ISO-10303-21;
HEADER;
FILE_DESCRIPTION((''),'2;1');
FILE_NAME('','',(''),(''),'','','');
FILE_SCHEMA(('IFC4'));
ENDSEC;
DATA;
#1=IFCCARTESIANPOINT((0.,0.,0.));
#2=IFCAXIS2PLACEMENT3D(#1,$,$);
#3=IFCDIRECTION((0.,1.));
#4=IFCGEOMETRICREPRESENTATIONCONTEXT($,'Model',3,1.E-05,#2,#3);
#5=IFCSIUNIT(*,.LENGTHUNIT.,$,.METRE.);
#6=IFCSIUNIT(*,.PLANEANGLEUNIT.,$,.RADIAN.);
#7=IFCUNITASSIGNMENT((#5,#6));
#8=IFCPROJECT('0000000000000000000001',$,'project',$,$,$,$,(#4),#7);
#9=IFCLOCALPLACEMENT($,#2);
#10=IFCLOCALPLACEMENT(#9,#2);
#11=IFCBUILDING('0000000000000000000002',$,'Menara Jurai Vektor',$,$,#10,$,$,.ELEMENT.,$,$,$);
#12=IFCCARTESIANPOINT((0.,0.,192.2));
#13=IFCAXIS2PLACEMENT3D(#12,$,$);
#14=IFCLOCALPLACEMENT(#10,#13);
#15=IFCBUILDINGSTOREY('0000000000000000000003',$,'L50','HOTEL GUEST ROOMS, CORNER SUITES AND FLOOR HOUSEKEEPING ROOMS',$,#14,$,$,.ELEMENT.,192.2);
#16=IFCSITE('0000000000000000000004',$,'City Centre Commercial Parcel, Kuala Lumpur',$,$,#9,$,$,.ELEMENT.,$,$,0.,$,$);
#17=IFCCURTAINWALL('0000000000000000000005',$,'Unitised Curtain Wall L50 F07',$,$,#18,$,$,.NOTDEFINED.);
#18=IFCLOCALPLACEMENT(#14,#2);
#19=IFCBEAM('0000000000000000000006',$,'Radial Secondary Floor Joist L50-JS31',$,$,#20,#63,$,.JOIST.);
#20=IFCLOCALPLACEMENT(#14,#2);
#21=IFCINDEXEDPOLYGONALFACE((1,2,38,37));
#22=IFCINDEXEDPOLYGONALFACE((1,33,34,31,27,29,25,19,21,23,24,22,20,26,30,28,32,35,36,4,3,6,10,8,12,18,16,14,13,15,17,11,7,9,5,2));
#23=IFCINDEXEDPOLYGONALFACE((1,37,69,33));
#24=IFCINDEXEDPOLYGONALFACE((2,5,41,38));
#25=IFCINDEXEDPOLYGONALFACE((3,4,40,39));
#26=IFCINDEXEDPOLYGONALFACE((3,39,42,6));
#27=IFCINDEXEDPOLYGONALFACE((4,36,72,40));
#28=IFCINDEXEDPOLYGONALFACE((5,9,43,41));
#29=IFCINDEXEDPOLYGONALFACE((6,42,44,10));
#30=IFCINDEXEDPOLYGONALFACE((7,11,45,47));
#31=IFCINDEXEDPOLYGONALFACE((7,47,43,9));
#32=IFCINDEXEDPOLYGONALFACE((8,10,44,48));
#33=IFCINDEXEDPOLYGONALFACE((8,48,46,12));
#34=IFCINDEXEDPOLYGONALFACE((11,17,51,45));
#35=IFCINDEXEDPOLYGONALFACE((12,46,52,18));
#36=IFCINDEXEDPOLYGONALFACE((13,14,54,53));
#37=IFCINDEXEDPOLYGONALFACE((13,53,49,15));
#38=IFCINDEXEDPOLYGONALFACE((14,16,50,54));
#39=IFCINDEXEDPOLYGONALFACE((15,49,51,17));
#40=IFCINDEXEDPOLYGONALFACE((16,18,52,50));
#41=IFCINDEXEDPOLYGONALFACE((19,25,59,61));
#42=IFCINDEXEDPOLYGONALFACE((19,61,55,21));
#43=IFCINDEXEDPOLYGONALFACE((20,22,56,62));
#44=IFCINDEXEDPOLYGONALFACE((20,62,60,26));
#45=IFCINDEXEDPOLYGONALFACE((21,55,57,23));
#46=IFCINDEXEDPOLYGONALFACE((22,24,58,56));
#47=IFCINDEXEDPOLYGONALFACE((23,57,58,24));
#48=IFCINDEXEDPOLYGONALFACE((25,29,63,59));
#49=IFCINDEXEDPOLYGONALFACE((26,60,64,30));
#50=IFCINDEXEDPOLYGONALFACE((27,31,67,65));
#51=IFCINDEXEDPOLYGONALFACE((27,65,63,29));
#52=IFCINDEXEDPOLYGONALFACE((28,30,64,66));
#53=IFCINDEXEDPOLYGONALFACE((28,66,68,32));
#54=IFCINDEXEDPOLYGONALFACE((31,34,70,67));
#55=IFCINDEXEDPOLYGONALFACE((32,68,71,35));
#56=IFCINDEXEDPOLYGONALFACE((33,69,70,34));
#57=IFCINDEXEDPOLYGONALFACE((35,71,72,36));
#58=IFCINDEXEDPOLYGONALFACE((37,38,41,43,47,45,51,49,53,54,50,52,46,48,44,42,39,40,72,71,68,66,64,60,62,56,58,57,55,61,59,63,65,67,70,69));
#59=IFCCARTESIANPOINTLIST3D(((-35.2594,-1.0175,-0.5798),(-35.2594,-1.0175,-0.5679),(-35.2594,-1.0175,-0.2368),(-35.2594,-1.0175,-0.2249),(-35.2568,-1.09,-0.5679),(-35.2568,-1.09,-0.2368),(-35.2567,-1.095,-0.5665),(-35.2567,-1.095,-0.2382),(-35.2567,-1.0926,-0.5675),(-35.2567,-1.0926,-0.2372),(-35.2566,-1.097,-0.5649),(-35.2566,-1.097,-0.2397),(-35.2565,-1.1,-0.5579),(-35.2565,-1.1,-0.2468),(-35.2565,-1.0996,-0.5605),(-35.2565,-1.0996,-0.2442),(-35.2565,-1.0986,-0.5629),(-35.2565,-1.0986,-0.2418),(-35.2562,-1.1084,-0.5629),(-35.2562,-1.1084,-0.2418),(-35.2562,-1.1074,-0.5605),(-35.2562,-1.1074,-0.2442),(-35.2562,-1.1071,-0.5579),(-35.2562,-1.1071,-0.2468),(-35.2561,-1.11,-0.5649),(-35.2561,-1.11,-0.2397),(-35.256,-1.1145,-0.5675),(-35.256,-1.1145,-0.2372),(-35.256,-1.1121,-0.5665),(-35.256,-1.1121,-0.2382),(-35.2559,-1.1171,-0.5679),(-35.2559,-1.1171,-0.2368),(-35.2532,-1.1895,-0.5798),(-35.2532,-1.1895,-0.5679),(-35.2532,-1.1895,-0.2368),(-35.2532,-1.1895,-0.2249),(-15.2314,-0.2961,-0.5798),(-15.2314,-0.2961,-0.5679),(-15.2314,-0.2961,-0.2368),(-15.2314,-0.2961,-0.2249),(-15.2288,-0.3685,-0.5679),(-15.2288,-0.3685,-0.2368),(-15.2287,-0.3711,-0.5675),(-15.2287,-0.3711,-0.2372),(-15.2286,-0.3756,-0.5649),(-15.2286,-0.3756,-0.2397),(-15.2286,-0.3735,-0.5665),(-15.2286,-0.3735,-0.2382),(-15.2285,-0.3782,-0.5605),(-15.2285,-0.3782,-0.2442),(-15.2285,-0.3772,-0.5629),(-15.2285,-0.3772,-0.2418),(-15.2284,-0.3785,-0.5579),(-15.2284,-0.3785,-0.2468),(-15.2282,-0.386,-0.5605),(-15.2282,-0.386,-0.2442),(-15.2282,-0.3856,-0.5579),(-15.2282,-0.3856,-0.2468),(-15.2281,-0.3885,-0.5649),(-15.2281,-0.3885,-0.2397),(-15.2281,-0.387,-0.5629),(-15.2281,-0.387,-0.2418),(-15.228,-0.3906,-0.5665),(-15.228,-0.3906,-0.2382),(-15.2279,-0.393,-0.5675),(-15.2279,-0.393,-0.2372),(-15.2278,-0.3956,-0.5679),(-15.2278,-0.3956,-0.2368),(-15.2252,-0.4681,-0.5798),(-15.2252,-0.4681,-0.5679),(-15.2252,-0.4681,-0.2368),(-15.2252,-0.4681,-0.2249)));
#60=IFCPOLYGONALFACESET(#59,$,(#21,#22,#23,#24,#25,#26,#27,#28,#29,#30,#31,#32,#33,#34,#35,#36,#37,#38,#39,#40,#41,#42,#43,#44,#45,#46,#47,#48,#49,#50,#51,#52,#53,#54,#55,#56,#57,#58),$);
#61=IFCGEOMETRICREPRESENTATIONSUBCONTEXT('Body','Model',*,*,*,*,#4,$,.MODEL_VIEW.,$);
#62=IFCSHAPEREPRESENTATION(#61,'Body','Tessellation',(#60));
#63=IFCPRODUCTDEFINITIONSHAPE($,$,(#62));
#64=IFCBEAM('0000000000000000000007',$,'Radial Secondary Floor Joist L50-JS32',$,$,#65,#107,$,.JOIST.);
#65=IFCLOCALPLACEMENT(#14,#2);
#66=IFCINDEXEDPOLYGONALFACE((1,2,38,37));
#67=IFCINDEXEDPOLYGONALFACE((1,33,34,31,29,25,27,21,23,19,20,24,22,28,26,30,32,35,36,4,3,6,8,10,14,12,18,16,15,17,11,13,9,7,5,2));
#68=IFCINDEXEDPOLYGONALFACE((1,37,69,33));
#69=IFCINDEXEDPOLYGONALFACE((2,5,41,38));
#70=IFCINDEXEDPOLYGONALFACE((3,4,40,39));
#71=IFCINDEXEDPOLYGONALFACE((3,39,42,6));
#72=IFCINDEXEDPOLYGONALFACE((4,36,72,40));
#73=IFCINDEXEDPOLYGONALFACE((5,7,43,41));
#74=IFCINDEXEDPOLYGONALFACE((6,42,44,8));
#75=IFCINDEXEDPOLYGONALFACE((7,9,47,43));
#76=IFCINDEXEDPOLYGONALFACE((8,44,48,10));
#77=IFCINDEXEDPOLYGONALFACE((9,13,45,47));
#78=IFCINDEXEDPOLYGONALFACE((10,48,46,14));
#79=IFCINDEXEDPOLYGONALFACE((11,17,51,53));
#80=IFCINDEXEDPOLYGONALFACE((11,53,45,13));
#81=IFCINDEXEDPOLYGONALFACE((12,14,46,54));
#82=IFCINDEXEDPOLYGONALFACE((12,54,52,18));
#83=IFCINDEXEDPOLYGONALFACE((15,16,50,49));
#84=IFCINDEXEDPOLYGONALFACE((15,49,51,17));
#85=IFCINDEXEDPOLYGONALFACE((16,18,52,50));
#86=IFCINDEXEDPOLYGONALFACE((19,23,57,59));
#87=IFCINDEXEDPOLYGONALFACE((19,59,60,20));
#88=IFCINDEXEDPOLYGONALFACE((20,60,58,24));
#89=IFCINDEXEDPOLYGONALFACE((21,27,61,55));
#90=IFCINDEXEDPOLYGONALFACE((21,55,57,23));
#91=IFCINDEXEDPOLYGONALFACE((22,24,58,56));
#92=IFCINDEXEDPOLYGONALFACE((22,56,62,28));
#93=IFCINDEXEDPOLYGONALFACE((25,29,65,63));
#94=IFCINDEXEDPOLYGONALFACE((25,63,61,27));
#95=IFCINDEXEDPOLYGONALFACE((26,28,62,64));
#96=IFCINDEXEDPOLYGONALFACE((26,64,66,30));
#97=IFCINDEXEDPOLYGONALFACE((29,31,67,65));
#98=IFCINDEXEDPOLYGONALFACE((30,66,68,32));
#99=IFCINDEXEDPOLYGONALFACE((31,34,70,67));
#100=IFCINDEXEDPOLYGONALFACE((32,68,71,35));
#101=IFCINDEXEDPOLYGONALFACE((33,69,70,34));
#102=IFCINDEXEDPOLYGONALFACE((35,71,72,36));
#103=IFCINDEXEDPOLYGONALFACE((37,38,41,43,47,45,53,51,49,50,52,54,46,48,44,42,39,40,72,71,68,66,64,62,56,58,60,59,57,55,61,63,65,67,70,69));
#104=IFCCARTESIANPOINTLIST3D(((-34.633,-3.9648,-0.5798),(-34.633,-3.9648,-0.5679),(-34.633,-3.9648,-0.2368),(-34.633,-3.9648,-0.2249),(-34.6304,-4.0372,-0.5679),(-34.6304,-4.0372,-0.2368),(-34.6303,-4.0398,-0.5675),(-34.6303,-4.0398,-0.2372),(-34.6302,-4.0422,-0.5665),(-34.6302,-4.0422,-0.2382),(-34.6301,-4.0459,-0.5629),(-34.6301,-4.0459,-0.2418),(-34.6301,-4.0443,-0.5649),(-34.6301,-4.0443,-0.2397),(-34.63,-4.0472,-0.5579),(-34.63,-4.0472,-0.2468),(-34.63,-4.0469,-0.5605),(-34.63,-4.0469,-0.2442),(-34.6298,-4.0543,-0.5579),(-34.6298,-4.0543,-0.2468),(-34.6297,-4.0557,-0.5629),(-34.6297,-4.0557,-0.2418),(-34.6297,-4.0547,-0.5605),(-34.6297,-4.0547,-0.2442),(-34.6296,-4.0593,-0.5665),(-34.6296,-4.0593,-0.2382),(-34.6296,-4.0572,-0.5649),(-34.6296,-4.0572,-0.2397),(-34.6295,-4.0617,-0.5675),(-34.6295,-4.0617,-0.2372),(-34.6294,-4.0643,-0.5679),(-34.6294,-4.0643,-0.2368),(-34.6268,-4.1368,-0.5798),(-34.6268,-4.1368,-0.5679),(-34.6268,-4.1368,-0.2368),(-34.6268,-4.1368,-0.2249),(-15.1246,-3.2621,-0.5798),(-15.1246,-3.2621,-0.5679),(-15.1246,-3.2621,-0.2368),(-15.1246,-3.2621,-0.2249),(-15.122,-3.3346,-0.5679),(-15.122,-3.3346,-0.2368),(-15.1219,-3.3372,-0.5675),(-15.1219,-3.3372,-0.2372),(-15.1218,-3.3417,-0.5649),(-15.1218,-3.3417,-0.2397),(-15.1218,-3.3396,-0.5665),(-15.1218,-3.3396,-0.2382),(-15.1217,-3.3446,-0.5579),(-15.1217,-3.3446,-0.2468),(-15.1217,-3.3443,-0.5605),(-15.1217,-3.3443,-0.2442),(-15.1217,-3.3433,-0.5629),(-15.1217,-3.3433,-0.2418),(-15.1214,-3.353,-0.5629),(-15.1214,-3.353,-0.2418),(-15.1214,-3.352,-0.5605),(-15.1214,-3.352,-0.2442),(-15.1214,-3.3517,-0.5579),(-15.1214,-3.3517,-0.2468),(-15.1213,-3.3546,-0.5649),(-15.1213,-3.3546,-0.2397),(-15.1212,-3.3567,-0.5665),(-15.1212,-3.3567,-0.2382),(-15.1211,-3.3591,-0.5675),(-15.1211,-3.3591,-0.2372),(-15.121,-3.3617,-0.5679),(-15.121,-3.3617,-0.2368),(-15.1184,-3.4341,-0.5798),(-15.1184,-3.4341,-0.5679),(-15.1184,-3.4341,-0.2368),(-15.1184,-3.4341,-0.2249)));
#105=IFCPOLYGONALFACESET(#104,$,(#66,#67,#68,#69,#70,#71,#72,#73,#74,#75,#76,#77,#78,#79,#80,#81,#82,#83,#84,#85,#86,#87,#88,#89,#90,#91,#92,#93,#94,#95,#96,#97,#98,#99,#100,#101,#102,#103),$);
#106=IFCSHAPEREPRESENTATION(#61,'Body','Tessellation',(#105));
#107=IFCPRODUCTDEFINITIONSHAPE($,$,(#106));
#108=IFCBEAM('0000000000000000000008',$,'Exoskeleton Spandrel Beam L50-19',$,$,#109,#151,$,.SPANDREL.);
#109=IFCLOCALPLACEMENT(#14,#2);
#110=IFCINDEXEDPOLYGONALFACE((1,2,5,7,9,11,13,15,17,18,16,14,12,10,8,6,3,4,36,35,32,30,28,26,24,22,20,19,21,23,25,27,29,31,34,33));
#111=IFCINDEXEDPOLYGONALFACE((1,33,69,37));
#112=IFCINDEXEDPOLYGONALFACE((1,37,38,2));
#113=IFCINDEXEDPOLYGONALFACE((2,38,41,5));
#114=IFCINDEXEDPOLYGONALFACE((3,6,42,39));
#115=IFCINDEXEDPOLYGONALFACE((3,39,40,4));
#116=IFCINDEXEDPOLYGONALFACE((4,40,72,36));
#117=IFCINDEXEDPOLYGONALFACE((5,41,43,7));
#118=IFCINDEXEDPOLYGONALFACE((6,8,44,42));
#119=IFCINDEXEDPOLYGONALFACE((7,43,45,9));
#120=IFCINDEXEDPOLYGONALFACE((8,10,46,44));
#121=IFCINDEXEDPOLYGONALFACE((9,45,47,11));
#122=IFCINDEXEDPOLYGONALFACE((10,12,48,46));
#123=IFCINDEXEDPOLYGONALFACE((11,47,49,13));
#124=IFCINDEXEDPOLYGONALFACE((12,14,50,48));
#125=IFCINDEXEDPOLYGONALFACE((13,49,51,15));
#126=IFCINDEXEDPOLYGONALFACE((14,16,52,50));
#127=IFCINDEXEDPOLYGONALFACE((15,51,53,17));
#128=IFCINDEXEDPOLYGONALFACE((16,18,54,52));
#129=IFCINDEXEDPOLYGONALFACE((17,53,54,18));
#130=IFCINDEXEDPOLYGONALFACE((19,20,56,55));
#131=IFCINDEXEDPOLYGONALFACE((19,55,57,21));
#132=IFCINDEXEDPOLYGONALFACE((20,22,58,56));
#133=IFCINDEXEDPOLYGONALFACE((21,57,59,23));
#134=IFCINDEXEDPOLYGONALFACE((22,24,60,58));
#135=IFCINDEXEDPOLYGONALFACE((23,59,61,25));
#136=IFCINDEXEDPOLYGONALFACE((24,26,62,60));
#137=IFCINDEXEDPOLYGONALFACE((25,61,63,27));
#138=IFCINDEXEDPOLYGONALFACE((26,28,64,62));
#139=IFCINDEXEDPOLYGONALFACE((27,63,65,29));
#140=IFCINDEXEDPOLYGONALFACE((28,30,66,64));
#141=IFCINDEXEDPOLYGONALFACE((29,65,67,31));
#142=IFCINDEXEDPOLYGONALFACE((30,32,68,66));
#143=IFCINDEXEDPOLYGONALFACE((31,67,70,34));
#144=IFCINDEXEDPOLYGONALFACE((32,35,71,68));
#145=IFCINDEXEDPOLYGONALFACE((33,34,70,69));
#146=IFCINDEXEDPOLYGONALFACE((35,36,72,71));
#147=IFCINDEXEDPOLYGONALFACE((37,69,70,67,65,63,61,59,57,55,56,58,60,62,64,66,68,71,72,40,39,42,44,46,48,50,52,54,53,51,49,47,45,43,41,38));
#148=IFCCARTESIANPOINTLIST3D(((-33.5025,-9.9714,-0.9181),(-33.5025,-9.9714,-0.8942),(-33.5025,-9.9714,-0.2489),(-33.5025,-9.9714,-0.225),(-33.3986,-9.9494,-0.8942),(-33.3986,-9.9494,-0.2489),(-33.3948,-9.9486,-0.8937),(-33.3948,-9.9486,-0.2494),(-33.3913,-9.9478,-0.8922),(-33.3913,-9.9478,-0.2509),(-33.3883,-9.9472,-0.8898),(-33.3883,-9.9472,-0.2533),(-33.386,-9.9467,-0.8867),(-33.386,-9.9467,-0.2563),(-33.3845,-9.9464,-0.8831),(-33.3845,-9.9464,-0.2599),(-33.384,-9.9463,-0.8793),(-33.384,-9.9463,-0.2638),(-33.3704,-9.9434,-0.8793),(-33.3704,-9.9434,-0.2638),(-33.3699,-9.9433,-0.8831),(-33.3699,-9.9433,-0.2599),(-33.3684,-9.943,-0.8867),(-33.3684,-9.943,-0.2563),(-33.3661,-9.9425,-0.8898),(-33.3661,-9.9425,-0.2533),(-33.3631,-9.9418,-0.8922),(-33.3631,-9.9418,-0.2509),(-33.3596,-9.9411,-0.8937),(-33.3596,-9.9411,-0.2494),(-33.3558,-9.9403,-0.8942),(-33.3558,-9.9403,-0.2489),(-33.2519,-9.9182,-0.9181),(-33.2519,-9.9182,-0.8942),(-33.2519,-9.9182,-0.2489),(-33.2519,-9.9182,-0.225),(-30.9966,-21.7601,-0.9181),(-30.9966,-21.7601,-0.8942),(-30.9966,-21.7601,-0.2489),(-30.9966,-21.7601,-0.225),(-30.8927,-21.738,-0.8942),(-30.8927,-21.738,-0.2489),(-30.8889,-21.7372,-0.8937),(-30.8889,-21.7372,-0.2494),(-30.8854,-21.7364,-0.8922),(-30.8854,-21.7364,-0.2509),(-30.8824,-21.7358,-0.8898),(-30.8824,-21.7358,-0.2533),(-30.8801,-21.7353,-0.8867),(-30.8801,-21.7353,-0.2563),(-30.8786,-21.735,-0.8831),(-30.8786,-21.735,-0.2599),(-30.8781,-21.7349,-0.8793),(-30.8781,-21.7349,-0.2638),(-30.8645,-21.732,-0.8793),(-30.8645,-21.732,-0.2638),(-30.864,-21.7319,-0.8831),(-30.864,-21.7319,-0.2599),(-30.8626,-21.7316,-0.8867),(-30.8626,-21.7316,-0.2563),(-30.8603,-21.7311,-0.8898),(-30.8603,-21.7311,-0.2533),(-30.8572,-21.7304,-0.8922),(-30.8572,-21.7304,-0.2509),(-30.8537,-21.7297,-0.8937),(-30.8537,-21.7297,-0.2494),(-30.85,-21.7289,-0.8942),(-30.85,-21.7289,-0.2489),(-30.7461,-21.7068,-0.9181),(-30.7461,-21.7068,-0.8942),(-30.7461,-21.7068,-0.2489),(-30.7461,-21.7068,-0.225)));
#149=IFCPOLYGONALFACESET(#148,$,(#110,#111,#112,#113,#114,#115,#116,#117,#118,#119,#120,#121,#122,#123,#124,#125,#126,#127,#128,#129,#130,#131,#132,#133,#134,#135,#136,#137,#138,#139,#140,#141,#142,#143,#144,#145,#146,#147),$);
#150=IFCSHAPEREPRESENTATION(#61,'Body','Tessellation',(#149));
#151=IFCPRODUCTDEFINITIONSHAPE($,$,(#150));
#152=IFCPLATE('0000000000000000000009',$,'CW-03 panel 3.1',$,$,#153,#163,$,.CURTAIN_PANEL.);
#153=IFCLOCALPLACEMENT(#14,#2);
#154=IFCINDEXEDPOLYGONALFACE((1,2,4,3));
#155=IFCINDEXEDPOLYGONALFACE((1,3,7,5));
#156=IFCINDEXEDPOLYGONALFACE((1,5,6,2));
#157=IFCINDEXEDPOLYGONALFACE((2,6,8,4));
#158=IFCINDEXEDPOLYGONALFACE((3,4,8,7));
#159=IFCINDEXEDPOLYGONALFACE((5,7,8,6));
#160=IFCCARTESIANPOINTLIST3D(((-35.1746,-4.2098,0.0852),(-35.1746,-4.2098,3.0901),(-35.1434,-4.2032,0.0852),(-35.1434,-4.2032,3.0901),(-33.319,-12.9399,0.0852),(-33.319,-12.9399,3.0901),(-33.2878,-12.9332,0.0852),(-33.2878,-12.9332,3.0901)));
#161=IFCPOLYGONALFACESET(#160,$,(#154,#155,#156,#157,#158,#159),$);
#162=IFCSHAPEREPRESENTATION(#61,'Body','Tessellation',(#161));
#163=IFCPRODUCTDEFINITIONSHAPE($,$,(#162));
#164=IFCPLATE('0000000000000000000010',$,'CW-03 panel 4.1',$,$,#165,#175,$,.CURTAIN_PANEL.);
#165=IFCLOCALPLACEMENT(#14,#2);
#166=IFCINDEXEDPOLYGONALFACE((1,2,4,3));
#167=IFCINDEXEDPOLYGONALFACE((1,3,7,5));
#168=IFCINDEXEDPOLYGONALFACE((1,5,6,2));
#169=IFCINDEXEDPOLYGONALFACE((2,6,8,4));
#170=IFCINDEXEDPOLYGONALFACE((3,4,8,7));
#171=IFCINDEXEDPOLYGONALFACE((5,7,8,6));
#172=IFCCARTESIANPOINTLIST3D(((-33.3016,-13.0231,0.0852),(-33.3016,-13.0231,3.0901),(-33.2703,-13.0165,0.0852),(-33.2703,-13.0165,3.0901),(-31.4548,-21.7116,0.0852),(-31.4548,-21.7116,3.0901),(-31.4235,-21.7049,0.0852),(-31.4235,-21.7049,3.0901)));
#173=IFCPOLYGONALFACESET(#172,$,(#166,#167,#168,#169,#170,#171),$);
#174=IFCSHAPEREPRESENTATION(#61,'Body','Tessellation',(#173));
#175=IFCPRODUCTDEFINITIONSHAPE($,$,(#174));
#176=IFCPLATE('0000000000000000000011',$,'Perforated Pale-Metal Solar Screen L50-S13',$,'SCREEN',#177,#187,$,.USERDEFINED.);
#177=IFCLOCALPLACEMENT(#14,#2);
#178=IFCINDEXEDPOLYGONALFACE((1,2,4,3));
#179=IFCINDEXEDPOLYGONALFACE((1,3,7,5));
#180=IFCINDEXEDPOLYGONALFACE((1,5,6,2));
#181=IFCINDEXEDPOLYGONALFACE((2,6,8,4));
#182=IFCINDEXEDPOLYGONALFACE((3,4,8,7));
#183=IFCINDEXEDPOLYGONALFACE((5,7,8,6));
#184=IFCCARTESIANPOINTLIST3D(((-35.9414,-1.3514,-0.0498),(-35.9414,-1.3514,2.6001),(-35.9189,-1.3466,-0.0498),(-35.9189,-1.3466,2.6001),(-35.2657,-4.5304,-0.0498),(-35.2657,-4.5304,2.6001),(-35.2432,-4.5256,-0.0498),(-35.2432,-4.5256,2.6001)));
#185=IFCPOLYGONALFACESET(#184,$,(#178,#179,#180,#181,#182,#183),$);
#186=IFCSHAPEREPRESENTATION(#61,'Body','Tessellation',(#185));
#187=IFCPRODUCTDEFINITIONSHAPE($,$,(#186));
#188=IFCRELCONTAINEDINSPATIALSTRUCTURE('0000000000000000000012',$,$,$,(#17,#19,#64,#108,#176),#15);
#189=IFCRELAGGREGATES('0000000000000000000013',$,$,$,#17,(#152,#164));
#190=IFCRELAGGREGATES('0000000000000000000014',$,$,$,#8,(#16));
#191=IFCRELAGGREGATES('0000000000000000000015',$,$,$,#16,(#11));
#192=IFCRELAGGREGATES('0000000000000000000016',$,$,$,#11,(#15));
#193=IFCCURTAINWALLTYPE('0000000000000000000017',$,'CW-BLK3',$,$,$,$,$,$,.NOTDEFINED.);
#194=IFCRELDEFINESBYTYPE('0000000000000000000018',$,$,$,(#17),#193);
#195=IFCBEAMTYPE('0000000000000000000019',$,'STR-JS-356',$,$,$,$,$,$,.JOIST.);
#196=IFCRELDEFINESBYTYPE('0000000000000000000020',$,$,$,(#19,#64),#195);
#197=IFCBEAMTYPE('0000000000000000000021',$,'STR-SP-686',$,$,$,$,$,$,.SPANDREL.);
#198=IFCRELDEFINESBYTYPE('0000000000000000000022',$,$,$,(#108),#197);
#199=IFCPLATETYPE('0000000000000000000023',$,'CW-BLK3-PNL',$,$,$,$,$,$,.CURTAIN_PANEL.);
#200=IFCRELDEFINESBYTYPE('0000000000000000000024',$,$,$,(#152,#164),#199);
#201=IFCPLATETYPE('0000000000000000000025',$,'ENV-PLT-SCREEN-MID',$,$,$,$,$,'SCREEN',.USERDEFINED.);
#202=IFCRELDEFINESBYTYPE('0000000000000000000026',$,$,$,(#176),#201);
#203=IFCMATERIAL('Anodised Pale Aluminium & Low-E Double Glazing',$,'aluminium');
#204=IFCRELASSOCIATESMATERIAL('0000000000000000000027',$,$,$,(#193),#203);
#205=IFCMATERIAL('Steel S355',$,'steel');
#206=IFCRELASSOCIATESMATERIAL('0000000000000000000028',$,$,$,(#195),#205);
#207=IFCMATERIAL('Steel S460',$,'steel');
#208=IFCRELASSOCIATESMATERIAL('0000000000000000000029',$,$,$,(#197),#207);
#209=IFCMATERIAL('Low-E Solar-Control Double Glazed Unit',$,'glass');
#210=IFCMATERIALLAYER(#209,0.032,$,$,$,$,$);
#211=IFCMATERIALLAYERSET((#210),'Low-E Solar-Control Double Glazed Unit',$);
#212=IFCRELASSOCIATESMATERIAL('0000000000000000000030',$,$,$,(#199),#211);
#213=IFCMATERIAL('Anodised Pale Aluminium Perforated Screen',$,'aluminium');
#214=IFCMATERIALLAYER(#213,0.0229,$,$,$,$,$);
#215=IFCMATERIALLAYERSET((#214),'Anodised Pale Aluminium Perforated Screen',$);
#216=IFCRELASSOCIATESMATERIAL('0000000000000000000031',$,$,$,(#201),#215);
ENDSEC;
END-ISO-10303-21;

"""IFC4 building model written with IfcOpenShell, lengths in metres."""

from ifc_helpers import new_model, si_unit, direction, frame, origin, origin_2d, place, context, subcontext, project, spatial, rectangle, i_section, extrude, material, layer, layer_set, material_profile, profile_set, type_object, element, aggregate, save


model = new_model("IFC4")

# Units and contexts
model_context = context("Model", 3, precision=1e-05, world=origin(), true_north=direction((0.0, 1.0)))
body_context = subcontext(model_context, "Body", "Model", "MODEL_VIEW")
ifc_project = project(units=[si_unit("LENGTHUNIT", "METRE"), si_unit("PLANEANGLEUNIT", "RADIAN")], contexts=[model_context])

# Site, building, storey
site_placement = place(None, origin())
site = spatial("IfcSite", under=ifc_project, at=site_placement, Name="City Centre Commercial Parcel, Kuala Lumpur", CompositionType="ELEMENT", RefElevation=0.0)
building_placement = place(site_placement, origin())
building = spatial("IfcBuilding", under=site, at=building_placement, Name="Menara Jurai Vektor", CompositionType="ELEMENT")
storey_placement = place(building_placement, frame((0.0, 0.0, 192.2)))
storey = spatial("IfcBuildingStorey", under=building, at=storey_placement, Name="L50", Description="HOTEL GUEST ROOMS, CORNER SUITES AND FLOOR HOUSEKEEPING ROOMS", CompositionType="ELEMENT", Elevation=192.2)

# Shared definitions
ifc_material_1 = material(Name="Steel S460", Category="steel")

# Curtain wall
ifc_material_2 = material(Name="Anodised Pale Aluminium & Low-E Double Glazing", Category="aluminium")
curtain_wall_type = type_object("IfcCurtainWallType", Name="CW-BLK3", PredefinedType="NOTDEFINED", material=ifc_material_2)
curtain_wall_placement = place(storey_placement, origin())
curtain_wall = element("IfcCurtainWall", 1, at=curtain_wall_placement, inside=storey, type_object=curtain_wall_type, Name="Unitised Curtain Wall L50 F07", PredefinedType="NOTDEFINED")

# Beams
ifc_material_3 = material(Name="Steel S355", Category="steel")
ifc_material_profile_1 = material_profile(ifc_material_3, i_section(OverallWidth=0.1721, OverallDepth=0.355, WebThickness=0.0071, FlangeThickness=0.012, FilletRadius=0.01, at=origin_2d()), Name="UKB 356x171x51")
ifc_profile_set_1 = profile_set([ifc_material_profile_1], Name="Steel S355")
beam_type_1 = type_object("IfcBeamType", Name="STR-JS-356", PredefinedType="JOIST", material=ifc_profile_set_1)
beam_1_placement = place(storey_placement, frame((-35.2563, -1.1035, -0.4023), z_axis=(0.999352, 0.035998, 0.0), x_axis=(-0.035998, 0.999352, 0.0)))
element("IfcBeam", 2, at=beam_1_placement, inside=storey, type_object=beam_type_1, Name="Radial Secondary Floor Joist L50-JS31", PredefinedType="JOIST", context=body_context, shape_type="SweptSolid", body=[
    extrude(i_section(OverallWidth=0.1721, OverallDepth=0.355, WebThickness=0.0071, FlangeThickness=0.012, FilletRadius=0.01, at=origin_2d()), origin(), (0.0, 0.0, 1.0), 20.041),
])
beam_2_placement = place(storey_placement, frame((-34.6299, -4.0508, -0.4023), z_axis=(0.999352, 0.035994, 0.0), x_axis=(-0.035994, 0.999352, 0.0)))
element("IfcBeam", 3, at=beam_2_placement, inside=storey, type_object=beam_type_1, Name="Radial Secondary Floor Joist L50-JS32", PredefinedType="JOIST", context=body_context, shape_type="SweptSolid", body=[
    extrude(i_section(OverallWidth=0.1721, OverallDepth=0.355, WebThickness=0.0071, FlangeThickness=0.012, FilletRadius=0.01, at=origin_2d()), origin(), (0.0, 0.0, 1.0), 19.521),
])
ifc_material_profile_2 = material_profile(ifc_material_1, i_section(OverallWidth=0.2561, OverallDepth=0.6931, WebThickness=0.0139, FlangeThickness=0.0239, FilletRadius=0.0149, at=origin_2d()), Name="UKB 686x254x170")
ifc_profile_set_2 = profile_set([ifc_material_profile_2], Name="Steel S460")
beam_type_2 = type_object("IfcBeamType", Name="STR-SP-686", PredefinedType="SPANDREL", material=ifc_profile_set_2)
beam_3_placement = place(storey_placement, frame((-33.3772, -9.9448, -0.5715), z_axis=(0.207921, -0.978146, 0.0), x_axis=(0.978146, 0.207921, 0.0)))
element("IfcBeam", 4, at=beam_3_placement, inside=storey, type_object=beam_type_2, Name="Exoskeleton Spandrel Beam L50-19", PredefinedType="SPANDREL", context=body_context, shape_type="SweptSolid", body=[
    extrude(i_section(OverallWidth=0.2561, OverallDepth=0.6931, WebThickness=0.0139, FlangeThickness=0.0239, FilletRadius=0.0149, at=origin_2d()), origin(), (0.0, 0.0, 1.0), 12.052),
])

# Plates
ifc_material_4 = material(Name="Low-E Solar-Control Double Glazed Unit", Category="glass")
ifc_layer_1 = layer(ifc_material_4, 0.032)
ifc_layer_set_1 = layer_set([ifc_layer_1], Name="Low-E Solar-Control Double Glazed Unit")
plate_type_1 = type_object("IfcPlateType", Name="CW-BLK3-PNL", PredefinedType="CURTAIN_PANEL", material=ifc_layer_set_1)
plate_1_placement = place(storey_placement, frame((-34.2312, -8.5715, 0.0852), z_axis=(0.0, 0.0, 1.0), x_axis=(0.20791, -0.978148, 0.0)))
plate_1 = element("IfcPlate", 5, at=plate_1_placement, type_object=plate_type_1, Name="CW-03 panel 3.1", PredefinedType="CURTAIN_PANEL", context=body_context, shape_type="SweptSolid", body=[
    extrude(rectangle(XDim=8.925, YDim=0.032, at=origin_2d()), origin(), (0.0, 0.0, 1.0), 3.0049),
])
plate_2_placement = place(storey_placement, frame((-32.3625, -17.364, 0.0852), z_axis=(0.0, 0.0, 1.0), x_axis=(0.20791, -0.978148, 0.0)))
plate_2 = element("IfcPlate", 6, at=plate_2_placement, type_object=plate_type_1, Name="CW-03 panel 4.1", PredefinedType="CURTAIN_PANEL", context=body_context, shape_type="SweptSolid", body=[
    extrude(rectangle(XDim=8.8826, YDim=0.032, at=origin_2d()), origin(), (0.0, 0.0, 1.0), 3.0049),
])
aggregate(curtain_wall, [plate_1, plate_2])

# Plate
ifc_material_5 = material(Name="Anodised Pale Aluminium Perforated Screen", Category="aluminium")
ifc_layer_2 = layer(ifc_material_5, 0.0229)
ifc_layer_set_2 = layer_set([ifc_layer_2], Name="Anodised Pale Aluminium Perforated Screen")
plate_type_2 = type_object("IfcPlateType", Name="ENV-PLT-SCREEN-MID", ElementType="SCREEN", PredefinedType="USERDEFINED", material=ifc_layer_set_2)
for number, where, z_axis, x_axis, name in (
    (7, (-35.5923, -2.9385, -0.0498), (0.0, 0.0, 1.0), (0.207912, -0.978148, 0.0), "Perforated Pale-Metal Solar Screen L50-S13"),
):
    element("IfcPlate", number, at=place(storey_placement, frame(where, z_axis=z_axis, x_axis=x_axis)), inside=storey, type_object=plate_type_2, Name=name, ObjectType="SCREEN", PredefinedType="USERDEFINED", context=body_context, shape_type="SweptSolid", body=[
        extrude(rectangle(XDim=3.25, YDim=0.0229, at=origin_2d()), origin(), (0.0, 0.0, 1.0), 2.6499),
    ])

save(model, "model.ifc")
